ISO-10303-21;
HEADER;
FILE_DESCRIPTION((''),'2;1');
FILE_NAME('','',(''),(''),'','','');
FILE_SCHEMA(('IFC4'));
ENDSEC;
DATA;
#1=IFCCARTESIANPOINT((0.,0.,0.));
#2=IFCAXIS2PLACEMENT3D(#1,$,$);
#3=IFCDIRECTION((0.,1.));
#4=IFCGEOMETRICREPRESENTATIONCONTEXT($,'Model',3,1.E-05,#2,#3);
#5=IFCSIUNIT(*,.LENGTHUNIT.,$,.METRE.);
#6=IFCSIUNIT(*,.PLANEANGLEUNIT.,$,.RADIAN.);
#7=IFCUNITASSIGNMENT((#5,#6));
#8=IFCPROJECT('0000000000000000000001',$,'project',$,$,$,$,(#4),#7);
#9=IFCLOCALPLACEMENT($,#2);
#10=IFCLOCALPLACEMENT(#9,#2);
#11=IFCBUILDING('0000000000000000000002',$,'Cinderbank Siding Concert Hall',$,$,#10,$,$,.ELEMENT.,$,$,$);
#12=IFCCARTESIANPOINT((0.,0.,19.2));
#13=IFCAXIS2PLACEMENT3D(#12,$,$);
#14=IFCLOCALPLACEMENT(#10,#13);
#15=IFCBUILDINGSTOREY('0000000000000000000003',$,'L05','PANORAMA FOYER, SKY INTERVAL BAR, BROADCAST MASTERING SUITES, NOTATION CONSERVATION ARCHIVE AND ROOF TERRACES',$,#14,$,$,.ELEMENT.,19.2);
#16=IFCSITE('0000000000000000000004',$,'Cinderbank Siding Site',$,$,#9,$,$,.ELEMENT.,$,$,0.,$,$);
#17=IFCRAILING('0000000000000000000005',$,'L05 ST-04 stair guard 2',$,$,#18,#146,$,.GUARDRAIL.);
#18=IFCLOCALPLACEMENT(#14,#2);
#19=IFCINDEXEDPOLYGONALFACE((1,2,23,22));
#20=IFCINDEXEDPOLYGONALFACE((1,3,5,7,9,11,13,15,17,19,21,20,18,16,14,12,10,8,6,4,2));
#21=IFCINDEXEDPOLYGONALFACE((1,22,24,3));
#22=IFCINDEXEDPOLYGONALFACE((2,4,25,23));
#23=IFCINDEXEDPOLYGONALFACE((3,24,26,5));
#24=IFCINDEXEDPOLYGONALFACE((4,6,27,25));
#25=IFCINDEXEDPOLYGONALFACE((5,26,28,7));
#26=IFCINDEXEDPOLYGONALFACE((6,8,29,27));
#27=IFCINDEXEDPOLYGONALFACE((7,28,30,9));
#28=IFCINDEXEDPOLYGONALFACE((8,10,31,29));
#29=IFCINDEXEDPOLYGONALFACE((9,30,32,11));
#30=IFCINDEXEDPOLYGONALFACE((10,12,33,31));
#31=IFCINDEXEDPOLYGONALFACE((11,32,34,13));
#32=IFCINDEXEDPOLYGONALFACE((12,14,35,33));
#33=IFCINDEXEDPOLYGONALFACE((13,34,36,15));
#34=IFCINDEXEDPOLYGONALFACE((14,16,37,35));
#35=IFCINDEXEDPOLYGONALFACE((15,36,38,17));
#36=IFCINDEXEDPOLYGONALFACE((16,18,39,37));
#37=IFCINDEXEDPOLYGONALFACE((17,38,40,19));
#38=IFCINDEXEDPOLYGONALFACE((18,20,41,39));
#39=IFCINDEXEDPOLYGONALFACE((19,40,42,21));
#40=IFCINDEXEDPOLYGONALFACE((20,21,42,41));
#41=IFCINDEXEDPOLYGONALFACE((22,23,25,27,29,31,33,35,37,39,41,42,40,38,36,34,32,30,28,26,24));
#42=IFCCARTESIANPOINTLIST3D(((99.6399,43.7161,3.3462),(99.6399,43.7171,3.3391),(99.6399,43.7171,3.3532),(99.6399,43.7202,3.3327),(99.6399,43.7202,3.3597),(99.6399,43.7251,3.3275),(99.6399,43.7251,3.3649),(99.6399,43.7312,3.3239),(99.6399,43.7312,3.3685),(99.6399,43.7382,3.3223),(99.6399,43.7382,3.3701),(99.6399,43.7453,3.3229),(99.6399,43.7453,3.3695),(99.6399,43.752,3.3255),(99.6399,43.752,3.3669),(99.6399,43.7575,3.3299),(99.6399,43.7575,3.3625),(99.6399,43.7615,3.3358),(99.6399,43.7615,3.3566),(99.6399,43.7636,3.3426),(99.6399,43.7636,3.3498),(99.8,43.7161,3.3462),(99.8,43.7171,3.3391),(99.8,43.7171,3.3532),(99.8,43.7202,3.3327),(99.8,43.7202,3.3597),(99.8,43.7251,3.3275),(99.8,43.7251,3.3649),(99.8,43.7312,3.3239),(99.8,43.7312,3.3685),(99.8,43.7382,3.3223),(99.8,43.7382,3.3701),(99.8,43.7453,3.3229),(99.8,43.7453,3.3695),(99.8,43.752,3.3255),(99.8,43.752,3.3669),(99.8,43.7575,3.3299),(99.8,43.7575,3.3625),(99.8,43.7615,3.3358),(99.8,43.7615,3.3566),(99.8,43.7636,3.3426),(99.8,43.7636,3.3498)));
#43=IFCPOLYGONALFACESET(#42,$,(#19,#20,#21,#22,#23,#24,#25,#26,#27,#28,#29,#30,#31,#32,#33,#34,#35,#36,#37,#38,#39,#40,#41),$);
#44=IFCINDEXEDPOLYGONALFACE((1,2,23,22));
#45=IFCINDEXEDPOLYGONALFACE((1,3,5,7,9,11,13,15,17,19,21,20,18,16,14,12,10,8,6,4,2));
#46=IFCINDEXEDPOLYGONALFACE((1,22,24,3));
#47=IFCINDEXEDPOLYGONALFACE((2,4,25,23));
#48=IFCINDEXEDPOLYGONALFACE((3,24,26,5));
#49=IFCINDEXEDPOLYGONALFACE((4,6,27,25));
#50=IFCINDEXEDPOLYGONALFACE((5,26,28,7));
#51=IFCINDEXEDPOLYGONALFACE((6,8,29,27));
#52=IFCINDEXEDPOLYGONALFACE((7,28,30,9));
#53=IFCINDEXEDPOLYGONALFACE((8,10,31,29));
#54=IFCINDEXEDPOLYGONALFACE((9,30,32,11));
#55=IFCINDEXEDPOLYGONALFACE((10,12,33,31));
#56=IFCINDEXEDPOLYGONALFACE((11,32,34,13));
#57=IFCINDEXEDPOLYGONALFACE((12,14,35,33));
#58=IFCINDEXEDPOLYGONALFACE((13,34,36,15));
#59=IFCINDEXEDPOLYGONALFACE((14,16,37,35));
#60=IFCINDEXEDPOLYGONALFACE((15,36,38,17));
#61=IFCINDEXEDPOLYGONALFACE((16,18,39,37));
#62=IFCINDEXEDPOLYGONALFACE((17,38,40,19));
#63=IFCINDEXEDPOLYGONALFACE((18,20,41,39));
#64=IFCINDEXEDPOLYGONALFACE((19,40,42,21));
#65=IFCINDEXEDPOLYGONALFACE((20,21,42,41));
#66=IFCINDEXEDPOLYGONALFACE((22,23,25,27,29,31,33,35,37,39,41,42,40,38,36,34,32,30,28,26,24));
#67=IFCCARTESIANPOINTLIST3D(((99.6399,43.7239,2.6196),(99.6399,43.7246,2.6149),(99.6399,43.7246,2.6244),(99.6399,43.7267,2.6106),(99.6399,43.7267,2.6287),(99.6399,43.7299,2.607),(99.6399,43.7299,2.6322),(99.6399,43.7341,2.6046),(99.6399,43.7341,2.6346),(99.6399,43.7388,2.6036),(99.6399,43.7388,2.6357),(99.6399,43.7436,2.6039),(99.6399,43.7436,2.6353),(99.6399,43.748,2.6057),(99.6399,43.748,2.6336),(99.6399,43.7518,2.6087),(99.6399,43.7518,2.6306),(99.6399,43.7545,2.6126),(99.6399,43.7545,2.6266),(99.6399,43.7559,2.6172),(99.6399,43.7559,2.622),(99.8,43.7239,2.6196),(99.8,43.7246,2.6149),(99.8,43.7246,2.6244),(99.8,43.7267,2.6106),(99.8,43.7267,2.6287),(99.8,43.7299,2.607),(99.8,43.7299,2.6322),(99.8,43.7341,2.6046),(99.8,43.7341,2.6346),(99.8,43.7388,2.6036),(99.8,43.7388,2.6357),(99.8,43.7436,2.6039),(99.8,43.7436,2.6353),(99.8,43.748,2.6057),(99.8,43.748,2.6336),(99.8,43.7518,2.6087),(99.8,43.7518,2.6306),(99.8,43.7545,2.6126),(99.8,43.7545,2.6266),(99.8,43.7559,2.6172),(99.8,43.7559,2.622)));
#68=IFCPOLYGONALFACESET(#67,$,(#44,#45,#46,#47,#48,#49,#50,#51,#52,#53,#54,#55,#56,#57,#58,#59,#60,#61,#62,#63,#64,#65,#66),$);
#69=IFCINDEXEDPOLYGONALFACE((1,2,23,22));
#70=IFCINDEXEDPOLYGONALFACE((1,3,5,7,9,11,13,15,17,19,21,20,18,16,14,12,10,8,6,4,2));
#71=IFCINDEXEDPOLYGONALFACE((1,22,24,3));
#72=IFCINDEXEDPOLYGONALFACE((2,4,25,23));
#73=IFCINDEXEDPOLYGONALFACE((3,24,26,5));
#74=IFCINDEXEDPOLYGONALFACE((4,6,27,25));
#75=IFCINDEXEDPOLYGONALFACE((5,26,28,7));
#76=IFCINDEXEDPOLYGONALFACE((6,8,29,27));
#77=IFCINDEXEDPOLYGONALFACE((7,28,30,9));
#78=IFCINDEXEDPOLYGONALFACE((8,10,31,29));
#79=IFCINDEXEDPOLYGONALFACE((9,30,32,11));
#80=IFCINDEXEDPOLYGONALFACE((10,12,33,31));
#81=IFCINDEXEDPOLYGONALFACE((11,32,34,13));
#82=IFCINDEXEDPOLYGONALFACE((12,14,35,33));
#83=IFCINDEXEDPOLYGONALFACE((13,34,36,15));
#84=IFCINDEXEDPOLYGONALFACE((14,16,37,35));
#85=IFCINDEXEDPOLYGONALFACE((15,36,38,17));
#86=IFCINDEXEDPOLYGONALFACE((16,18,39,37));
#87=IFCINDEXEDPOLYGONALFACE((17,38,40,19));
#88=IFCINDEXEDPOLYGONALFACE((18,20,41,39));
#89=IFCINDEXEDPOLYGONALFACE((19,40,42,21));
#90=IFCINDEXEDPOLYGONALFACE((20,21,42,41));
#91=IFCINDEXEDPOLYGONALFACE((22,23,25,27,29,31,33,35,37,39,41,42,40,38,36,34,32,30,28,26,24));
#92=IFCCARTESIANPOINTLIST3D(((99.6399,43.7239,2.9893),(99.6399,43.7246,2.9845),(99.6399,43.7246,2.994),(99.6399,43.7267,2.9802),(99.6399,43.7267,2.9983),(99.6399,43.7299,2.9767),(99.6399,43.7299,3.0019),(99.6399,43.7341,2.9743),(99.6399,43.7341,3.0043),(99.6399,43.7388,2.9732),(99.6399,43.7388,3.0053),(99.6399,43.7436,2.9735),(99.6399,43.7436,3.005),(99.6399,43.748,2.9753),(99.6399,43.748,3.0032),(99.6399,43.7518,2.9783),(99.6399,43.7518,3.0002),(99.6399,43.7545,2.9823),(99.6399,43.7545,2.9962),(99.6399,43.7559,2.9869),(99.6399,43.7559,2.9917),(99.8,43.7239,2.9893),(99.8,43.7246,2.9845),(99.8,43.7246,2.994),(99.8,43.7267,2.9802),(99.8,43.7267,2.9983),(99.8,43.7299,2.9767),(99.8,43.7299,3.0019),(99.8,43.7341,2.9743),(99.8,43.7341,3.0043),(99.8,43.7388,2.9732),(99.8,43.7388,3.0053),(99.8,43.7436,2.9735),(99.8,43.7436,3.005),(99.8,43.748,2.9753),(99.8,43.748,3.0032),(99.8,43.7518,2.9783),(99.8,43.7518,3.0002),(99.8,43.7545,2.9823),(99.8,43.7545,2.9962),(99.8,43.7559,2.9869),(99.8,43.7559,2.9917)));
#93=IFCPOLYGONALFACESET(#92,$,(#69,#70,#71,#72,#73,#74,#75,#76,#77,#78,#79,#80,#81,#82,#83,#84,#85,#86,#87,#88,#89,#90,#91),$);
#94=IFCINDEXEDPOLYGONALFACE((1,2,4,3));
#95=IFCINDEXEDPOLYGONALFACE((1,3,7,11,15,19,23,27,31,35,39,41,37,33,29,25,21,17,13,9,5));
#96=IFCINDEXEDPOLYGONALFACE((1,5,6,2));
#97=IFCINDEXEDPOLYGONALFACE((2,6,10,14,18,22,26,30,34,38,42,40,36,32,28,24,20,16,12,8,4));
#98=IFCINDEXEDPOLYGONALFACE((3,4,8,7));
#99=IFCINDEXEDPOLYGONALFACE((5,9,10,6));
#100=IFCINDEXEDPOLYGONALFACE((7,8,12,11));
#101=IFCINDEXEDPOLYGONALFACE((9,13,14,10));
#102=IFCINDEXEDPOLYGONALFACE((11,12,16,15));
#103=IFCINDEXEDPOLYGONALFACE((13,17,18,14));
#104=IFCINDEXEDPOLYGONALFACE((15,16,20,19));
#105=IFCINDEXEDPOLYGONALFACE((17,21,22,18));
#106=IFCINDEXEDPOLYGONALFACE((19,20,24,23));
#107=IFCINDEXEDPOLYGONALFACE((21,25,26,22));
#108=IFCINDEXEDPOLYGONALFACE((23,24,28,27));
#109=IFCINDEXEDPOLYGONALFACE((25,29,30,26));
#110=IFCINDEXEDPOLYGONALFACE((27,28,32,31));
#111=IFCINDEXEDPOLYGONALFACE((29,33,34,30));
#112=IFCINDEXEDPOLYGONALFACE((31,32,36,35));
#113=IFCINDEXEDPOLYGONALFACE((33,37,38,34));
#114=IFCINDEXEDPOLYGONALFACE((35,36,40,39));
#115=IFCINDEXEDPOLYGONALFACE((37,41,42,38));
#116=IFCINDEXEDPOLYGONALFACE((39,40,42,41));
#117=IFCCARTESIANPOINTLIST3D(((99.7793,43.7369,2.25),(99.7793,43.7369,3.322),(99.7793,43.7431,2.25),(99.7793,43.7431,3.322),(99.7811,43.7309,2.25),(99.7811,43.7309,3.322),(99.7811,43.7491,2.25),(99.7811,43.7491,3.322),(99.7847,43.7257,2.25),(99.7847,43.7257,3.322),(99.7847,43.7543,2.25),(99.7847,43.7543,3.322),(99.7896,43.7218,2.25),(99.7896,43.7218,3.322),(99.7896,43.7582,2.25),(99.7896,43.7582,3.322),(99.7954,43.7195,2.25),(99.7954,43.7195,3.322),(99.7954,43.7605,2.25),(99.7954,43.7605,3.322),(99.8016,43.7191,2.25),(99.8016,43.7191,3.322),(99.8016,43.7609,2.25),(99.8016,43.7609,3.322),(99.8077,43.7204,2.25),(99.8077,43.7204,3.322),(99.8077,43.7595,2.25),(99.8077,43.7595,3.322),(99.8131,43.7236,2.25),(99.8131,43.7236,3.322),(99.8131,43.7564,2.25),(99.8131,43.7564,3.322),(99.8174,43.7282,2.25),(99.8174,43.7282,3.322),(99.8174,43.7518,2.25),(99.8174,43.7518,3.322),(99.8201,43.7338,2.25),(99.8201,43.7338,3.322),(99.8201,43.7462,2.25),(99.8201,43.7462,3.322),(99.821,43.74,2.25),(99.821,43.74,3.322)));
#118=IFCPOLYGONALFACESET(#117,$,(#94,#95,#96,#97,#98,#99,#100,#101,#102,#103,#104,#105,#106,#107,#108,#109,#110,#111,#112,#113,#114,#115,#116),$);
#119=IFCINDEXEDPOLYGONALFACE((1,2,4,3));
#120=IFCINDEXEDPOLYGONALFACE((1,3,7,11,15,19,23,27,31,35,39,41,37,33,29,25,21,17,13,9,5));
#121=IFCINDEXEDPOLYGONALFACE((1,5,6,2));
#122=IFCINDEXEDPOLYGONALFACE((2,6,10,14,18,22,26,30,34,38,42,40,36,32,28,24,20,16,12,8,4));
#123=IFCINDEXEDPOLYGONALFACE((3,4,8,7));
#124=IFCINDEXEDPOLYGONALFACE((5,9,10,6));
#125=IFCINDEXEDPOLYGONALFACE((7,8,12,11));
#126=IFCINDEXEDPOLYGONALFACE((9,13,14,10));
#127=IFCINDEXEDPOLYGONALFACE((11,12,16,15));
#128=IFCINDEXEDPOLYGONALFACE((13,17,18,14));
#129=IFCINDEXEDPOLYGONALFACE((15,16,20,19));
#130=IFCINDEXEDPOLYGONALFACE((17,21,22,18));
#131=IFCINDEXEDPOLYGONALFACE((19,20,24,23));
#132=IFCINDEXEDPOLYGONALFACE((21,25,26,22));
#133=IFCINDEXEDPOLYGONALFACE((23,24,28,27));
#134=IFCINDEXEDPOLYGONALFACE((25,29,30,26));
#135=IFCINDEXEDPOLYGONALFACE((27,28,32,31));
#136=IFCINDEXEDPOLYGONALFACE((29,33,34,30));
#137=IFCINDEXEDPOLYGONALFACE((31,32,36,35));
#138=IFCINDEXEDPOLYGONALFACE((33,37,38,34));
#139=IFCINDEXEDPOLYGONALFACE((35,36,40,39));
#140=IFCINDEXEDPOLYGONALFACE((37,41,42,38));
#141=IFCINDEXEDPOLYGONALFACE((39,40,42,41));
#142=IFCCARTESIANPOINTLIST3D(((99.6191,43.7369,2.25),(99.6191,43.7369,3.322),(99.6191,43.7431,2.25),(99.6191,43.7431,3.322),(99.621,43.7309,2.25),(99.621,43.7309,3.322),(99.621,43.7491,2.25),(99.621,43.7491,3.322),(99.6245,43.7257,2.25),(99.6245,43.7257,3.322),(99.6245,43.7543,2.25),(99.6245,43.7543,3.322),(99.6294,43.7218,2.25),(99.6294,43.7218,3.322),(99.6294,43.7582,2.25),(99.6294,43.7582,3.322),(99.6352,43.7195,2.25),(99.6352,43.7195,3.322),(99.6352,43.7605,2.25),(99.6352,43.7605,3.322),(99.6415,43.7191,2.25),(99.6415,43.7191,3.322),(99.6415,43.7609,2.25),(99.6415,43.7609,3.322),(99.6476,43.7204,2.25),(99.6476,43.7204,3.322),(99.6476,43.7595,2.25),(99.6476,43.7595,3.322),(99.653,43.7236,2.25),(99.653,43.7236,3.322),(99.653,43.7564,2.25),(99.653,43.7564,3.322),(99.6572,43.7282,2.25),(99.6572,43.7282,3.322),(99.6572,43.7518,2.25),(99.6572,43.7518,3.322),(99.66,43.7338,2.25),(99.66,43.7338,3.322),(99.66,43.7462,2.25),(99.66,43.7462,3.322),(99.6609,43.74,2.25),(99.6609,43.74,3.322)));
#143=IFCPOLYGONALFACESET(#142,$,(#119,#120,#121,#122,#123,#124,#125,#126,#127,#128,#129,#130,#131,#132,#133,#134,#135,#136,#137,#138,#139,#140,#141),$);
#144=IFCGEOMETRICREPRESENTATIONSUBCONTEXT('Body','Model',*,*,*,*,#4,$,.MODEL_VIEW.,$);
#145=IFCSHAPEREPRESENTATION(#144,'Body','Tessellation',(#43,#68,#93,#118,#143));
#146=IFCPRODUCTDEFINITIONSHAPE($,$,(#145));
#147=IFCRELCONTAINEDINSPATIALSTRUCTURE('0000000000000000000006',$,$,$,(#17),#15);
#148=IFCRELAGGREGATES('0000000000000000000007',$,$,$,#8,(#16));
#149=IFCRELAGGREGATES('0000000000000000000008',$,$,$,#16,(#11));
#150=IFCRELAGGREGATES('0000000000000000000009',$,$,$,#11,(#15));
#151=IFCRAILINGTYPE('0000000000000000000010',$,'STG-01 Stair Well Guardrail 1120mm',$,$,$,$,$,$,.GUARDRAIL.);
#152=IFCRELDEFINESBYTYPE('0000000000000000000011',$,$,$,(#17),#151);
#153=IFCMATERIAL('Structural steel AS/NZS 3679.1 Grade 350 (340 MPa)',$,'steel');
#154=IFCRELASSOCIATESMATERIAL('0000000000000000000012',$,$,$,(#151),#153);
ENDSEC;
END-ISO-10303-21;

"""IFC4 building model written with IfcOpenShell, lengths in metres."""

from ifc_helpers import new_model, si_unit, direction, frame, origin, origin_2d, place, context, subcontext, project, spatial, circle, extrude, material, type_object, element, save


model = new_model("IFC4")

# Units and contexts
model_context = context("Model", 3, precision=1e-05, world=origin(), true_north=direction((0.0, 1.0)))
body_context = subcontext(model_context, "Body", "Model", "MODEL_VIEW")
ifc_project = project(units=[si_unit("LENGTHUNIT", "METRE"), si_unit("PLANEANGLEUNIT", "RADIAN")], contexts=[model_context])

# Site, building, storey
site_placement = place(None, origin())
site = spatial("IfcSite", under=ifc_project, at=site_placement, Name="Cinderbank Siding Site", CompositionType="ELEMENT", RefElevation=0.0)
building_placement = place(site_placement, origin())
building = spatial("IfcBuilding", under=site, at=building_placement, Name="Cinderbank Siding Concert Hall", CompositionType="ELEMENT")
storey_placement = place(building_placement, frame((0.0, 0.0, 19.2)))
storey = spatial("IfcBuildingStorey", under=building, at=storey_placement, Name="L05", Description="PANORAMA FOYER, SKY INTERVAL BAR, BROADCAST MASTERING SUITES, NOTATION CONSERVATION ARCHIVE AND ROOF TERRACES", CompositionType="ELEMENT", Elevation=19.2)

# Shared definitions
ifc_material_1 = material(Name="Structural steel AS/NZS 3679.1 Grade 350 (340 MPa)", Category="steel")

# Railing
railing_type_1 = type_object("IfcRailingType", Name="STG-01 Stair Well Guardrail 1120mm", PredefinedType="GUARDRAIL", material=ifc_material_1)
railing_1_placement = place(storey_placement, frame((99.8, 43.74, 2.25)))
element("IfcRailing", 1, at=railing_1_placement, inside=storey, type_object=railing_type_1, Name="L05 ST-04 stair guard 2", PredefinedType="GUARDRAIL", context=body_context, shape_type="SweptSolid", body=[
    extrude(circle(Radius=0.0239, at=origin_2d()), frame((0.0, 0.0, 1.0962), z_axis=(-1.0, 0.0, 0.0), x_axis=(0.0, -1.0, 0.0)), (0.0, 0.0, 1.0), 0.1602),
    extrude(circle(Radius=0.0161, at=origin_2d()), frame((0.0, 0.0, 0.3696), z_axis=(-1.0, 0.0, 0.0), x_axis=(0.0, -1.0, 0.0)), (0.0, 0.0, 1.0), 0.1602),
    extrude(circle(Radius=0.0161, at=origin_2d()), frame((0.0, 0.0, 0.7393), z_axis=(-1.0, 0.0, 0.0), x_axis=(0.0, -1.0, 0.0)), (0.0, 0.0, 1.0), 0.1602),
    extrude(circle(Radius=0.021, at=origin_2d()), origin(), (0.0, 0.0, 1.0), 1.072),
    extrude(circle(Radius=0.021, at=origin_2d()), frame((-0.1602, 0.0, 0.0)), (0.0, 0.0, 1.0), 1.072),
])

save(model, "model.ifc")
